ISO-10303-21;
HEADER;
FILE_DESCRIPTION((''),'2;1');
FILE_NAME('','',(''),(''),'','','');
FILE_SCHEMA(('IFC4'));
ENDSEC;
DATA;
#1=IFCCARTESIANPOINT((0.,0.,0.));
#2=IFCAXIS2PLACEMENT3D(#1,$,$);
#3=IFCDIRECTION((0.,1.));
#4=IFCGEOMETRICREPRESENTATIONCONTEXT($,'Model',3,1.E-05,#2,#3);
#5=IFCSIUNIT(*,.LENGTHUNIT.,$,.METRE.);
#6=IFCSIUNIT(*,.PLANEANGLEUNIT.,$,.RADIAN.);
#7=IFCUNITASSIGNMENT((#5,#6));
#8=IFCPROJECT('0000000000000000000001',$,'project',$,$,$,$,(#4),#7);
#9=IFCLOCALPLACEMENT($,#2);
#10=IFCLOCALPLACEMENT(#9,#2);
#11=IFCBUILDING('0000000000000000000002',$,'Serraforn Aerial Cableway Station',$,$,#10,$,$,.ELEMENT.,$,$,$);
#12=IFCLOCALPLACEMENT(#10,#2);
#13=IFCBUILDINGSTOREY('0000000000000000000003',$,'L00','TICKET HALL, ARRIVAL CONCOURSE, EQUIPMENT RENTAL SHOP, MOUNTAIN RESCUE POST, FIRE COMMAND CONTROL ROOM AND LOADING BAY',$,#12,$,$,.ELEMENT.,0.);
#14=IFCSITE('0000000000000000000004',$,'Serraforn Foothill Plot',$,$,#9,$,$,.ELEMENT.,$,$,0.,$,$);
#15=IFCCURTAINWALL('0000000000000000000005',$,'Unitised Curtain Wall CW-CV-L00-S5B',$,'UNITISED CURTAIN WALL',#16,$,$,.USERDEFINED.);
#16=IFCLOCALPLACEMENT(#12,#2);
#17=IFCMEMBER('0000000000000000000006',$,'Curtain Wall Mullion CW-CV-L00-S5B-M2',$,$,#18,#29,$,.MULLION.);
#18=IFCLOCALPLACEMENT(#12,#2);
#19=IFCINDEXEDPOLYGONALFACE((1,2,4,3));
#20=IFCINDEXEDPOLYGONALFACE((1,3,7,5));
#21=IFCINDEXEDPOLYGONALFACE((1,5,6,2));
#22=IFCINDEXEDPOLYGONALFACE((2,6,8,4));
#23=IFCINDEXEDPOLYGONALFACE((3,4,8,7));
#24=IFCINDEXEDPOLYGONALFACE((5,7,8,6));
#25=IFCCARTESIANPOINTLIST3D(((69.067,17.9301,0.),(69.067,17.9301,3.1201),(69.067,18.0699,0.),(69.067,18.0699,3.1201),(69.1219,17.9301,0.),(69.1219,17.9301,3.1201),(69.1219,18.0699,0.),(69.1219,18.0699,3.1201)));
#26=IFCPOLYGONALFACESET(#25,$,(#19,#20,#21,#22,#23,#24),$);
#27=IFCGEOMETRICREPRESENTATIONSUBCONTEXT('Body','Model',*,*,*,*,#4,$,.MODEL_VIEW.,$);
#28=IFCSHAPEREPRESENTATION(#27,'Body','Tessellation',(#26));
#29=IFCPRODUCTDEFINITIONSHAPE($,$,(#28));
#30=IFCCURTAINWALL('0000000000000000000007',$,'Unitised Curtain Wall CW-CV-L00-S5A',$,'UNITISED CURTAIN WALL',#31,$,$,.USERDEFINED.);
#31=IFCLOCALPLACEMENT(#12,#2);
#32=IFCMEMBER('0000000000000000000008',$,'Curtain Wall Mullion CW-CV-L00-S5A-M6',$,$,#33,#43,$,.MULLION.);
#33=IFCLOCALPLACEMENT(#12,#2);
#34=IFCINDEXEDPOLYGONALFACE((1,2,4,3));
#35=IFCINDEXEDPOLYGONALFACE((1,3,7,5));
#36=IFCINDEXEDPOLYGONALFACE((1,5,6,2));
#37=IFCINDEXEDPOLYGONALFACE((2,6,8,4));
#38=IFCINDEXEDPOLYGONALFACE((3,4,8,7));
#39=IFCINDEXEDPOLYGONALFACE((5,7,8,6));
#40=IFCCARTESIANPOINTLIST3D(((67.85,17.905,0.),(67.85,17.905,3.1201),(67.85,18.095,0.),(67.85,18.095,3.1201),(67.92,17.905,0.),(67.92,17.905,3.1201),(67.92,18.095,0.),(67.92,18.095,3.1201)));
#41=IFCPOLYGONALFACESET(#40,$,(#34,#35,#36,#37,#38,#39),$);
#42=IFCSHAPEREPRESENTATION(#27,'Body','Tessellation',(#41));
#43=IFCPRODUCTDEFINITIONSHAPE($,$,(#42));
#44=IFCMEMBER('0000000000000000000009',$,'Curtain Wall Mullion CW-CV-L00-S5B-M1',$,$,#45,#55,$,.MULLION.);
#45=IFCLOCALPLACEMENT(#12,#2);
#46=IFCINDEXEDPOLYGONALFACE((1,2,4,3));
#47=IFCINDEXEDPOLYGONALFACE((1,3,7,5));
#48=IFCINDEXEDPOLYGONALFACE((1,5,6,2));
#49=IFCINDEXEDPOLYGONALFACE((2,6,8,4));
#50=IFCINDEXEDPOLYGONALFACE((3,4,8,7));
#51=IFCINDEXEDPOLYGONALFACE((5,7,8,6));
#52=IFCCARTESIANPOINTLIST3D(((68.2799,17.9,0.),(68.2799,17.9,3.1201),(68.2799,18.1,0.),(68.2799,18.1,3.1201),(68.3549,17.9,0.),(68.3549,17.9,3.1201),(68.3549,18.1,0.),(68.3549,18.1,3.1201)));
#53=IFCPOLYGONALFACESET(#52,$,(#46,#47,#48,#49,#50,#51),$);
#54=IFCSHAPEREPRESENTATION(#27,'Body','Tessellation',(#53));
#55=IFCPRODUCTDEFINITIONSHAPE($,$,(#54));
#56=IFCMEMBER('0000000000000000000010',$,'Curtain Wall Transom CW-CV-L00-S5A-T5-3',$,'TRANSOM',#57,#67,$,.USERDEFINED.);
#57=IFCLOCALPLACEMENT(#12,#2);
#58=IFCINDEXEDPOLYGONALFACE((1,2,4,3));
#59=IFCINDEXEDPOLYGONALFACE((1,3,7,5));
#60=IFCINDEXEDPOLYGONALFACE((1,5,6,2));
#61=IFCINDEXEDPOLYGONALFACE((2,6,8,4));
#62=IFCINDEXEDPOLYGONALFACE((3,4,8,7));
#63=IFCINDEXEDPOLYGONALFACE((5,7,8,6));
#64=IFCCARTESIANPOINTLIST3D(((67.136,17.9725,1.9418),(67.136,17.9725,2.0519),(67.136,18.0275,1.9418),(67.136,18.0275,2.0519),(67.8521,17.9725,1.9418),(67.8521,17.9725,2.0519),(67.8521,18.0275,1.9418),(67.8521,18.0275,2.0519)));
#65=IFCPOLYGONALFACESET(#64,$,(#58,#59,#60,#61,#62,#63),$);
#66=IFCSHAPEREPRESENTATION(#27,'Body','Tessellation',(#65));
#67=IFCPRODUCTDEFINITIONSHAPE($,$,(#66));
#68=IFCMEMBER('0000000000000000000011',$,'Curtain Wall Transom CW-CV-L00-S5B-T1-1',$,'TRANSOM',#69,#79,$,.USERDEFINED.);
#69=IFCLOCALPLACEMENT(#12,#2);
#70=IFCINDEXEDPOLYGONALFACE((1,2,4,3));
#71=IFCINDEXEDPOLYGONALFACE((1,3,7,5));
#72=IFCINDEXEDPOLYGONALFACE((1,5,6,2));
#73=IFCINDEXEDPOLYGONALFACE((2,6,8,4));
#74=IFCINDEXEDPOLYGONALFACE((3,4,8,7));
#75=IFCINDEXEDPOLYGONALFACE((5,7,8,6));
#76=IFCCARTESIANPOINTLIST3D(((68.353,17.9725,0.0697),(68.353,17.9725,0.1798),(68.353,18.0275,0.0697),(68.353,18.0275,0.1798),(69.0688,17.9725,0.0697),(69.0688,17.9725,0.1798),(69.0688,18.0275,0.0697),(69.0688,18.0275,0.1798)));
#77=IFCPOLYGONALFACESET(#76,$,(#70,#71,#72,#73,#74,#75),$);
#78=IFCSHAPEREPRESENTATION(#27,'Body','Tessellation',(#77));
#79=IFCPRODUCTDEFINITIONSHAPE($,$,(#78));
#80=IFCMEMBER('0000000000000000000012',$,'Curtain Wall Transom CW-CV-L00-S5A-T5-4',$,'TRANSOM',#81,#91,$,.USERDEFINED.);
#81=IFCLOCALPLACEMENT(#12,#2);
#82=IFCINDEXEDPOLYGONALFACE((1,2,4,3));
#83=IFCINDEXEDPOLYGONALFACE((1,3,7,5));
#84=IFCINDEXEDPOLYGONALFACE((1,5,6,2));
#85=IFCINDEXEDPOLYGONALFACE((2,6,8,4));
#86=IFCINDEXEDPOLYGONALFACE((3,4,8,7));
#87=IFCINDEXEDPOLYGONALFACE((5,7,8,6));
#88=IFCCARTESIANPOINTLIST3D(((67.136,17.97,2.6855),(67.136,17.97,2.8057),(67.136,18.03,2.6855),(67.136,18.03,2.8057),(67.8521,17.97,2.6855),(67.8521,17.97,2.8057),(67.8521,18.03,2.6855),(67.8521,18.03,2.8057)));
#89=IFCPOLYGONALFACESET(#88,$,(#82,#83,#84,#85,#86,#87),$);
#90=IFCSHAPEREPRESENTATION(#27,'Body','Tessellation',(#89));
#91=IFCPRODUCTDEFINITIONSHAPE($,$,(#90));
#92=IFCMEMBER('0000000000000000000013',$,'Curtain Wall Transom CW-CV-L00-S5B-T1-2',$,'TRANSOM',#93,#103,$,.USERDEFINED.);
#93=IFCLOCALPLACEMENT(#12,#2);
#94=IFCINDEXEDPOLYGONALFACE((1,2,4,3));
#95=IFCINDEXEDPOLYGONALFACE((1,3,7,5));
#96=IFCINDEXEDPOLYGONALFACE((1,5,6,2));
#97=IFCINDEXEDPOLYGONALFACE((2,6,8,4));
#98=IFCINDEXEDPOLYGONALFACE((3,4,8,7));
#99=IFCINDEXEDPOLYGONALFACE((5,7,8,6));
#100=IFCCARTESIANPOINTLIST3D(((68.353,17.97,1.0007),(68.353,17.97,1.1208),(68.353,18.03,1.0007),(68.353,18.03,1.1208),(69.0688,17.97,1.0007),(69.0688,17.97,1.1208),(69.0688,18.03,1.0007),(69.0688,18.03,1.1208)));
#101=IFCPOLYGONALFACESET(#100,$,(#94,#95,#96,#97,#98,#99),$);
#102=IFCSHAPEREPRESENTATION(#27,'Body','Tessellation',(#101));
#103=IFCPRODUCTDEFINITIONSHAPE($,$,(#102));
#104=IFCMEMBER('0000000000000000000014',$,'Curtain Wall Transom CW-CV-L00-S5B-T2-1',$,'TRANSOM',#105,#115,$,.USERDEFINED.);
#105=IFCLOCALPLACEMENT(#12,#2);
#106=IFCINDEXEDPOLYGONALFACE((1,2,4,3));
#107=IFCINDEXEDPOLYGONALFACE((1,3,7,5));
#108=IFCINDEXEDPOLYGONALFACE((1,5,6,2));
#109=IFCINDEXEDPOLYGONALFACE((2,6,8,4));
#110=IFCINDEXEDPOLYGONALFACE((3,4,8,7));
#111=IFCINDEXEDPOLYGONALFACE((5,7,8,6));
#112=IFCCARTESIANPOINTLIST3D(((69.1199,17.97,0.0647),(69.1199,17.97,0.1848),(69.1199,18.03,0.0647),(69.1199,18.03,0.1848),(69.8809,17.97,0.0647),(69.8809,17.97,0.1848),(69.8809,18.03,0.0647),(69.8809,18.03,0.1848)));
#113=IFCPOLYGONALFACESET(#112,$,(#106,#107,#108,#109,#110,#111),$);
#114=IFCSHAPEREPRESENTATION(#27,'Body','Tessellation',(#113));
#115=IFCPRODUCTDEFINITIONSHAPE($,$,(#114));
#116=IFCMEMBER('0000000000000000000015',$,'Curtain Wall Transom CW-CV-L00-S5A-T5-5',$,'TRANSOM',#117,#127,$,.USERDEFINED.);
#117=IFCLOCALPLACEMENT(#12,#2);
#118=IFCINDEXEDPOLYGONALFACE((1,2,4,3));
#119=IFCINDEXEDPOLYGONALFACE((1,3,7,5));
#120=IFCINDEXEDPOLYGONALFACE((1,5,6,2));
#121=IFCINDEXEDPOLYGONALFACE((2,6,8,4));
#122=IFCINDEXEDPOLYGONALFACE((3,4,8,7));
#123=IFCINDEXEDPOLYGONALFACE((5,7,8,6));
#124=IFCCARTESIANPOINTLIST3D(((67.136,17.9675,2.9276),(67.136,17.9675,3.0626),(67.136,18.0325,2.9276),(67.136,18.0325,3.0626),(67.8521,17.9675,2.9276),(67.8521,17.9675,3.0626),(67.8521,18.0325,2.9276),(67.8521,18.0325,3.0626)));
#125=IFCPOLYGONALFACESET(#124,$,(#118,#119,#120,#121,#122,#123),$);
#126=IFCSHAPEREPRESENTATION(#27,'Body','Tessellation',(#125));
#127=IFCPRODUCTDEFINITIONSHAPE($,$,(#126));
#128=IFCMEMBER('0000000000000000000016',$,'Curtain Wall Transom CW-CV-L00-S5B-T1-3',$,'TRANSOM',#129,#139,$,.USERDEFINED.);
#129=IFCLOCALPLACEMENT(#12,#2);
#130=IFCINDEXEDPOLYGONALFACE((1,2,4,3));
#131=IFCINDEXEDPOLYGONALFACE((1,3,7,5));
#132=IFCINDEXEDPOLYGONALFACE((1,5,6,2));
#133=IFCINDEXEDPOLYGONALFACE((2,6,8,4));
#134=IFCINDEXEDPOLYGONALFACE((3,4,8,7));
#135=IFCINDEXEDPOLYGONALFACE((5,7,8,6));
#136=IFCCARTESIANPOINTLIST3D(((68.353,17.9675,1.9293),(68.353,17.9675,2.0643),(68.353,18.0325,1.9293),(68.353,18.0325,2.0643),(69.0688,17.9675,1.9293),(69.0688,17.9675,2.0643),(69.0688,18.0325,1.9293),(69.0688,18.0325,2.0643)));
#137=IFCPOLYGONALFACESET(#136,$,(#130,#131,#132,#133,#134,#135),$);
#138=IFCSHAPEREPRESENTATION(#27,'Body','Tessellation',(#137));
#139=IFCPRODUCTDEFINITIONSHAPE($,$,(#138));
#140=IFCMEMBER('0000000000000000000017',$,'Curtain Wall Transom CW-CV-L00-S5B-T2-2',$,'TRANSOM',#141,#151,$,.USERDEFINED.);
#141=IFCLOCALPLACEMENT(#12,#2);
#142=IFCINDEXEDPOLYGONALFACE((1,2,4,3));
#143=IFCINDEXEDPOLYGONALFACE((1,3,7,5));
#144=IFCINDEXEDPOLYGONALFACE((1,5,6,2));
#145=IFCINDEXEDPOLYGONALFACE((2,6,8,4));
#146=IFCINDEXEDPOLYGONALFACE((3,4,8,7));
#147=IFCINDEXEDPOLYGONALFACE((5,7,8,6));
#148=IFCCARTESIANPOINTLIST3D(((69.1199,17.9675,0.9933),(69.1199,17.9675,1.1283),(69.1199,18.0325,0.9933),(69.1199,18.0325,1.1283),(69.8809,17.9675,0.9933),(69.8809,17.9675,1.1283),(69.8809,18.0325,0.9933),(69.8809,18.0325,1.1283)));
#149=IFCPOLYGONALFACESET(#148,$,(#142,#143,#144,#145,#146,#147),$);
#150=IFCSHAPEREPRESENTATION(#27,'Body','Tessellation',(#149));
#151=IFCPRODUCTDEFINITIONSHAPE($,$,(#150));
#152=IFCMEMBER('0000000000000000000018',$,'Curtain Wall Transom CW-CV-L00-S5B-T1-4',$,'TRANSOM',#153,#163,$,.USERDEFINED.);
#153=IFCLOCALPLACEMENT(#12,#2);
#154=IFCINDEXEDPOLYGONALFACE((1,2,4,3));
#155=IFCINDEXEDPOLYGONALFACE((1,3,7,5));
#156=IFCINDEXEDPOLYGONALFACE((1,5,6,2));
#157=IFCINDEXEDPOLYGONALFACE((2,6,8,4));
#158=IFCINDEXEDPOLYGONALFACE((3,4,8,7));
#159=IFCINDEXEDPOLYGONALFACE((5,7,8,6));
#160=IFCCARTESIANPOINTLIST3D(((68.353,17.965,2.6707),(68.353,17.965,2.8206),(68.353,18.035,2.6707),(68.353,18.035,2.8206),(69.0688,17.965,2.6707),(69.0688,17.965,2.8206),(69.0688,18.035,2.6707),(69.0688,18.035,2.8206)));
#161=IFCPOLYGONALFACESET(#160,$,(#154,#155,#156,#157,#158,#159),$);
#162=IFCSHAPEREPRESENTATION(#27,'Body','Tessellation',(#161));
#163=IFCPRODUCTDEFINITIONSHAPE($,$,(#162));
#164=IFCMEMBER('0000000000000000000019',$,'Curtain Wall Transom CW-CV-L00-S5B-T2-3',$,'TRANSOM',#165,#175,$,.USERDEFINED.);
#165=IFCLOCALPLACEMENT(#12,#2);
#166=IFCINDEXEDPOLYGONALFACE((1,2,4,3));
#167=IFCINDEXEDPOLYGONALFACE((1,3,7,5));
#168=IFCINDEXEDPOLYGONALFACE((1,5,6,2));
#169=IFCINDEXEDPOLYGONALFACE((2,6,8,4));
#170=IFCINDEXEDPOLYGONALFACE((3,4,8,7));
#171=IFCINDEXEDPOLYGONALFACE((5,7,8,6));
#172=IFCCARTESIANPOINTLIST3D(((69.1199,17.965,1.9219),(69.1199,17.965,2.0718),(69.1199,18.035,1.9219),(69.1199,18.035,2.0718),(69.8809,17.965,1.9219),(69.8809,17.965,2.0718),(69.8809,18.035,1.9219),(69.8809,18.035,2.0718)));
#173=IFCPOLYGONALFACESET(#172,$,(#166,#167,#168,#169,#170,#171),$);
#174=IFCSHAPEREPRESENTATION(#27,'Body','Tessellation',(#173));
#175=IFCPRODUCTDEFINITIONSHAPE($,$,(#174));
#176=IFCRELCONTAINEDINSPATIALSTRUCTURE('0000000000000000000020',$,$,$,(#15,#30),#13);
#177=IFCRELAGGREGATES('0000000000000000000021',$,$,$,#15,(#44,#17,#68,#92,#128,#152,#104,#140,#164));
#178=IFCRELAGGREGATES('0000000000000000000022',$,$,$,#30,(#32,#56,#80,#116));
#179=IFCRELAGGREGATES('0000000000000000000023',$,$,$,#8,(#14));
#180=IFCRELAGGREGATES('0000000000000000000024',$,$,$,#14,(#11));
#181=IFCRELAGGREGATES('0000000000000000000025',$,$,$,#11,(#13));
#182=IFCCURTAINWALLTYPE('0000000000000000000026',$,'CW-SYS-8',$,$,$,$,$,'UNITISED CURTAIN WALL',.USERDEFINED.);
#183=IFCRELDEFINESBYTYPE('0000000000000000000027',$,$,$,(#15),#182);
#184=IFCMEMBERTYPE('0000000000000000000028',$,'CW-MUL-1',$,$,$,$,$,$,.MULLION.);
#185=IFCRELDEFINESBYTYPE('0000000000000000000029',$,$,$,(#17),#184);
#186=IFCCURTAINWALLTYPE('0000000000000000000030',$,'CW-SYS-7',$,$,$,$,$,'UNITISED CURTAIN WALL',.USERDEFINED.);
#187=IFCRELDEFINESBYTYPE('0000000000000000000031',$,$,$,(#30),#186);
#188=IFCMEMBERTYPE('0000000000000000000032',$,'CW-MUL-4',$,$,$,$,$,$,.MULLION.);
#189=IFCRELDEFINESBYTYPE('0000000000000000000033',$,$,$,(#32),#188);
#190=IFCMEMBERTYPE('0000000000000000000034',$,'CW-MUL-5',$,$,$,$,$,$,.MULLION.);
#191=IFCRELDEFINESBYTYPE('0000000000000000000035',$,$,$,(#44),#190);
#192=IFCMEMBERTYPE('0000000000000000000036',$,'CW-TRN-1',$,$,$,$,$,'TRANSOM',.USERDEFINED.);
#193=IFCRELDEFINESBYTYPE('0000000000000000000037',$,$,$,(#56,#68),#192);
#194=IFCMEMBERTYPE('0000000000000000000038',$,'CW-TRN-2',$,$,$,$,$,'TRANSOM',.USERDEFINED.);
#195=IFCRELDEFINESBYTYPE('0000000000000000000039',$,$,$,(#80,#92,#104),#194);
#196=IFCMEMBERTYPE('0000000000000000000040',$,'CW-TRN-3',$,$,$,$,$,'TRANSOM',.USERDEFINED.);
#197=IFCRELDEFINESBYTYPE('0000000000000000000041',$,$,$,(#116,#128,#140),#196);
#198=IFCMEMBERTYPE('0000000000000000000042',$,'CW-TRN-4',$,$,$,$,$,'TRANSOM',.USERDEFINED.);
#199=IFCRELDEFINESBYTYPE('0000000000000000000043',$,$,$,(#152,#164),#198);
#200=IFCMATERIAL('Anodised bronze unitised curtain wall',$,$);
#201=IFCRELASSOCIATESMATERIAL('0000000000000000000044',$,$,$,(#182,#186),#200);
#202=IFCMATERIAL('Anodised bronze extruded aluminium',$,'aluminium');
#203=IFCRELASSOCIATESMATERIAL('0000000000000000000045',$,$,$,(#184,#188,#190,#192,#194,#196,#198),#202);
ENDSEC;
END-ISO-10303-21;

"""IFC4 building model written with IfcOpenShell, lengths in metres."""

from ifc_helpers import new_model, si_unit, direction, frame, origin, origin_2d, place, context, subcontext, project, spatial, rectangle, extrude, material, material_profile, profile_set, type_object, element, aggregate, save


model = new_model("IFC4")

# Units and contexts
model_context = context("Model", 3, precision=1e-05, world=origin(), true_north=direction((0.0, 1.0)))
body_context = subcontext(model_context, "Body", "Model", "MODEL_VIEW")
ifc_project = project(units=[si_unit("LENGTHUNIT", "METRE"), si_unit("PLANEANGLEUNIT", "RADIAN")], contexts=[model_context])

# Site, building, storey
site_placement = place(None, origin())
site = spatial("IfcSite", under=ifc_project, at=site_placement, Name="Serraforn Foothill Plot", CompositionType="ELEMENT", RefElevation=0.0)
building_placement = place(site_placement, origin())
building = spatial("IfcBuilding", under=site, at=building_placement, Name="Serraforn Aerial Cableway Station", CompositionType="ELEMENT")
storey_placement = place(building_placement, origin())
storey = spatial("IfcBuildingStorey", under=building, at=storey_placement, Name="L00", Description="TICKET HALL, ARRIVAL CONCOURSE, EQUIPMENT RENTAL SHOP, MOUNTAIN RESCUE POST, FIRE COMMAND CONTROL ROOM AND LOADING BAY", CompositionType="ELEMENT", Elevation=0.0)

# Curtain walls, members
ifc_material_1 = material(Name="Anodised bronze unitised curtain wall")
curtain_wall_type_1 = type_object("IfcCurtainWallType", Name="CW-SYS-8", ElementType="UNITISED CURTAIN WALL", PredefinedType="USERDEFINED", material=ifc_material_1)
curtain_wall_1_placement = place(storey_placement, origin())
curtain_wall_1 = element("IfcCurtainWall", 1, at=curtain_wall_1_placement, inside=storey, type_object=curtain_wall_type_1, Name="Unitised Curtain Wall CW-CV-L00-S5B", ObjectType="UNITISED CURTAIN WALL", PredefinedType="USERDEFINED")
ifc_material_2 = material(Name="Anodised bronze extruded aluminium", Category="aluminium")
ifc_material_profile_1 = material_profile(ifc_material_2, rectangle(XDim=0.0549, YDim=0.1399, at=origin_2d()), Name="CW MULLION 55x140")
ifc_profile_set_1 = profile_set([ifc_material_profile_1], Name="Anodised bronze extruded aluminium")
member_type_1 = type_object("IfcMemberType", Name="CW-MUL-1", PredefinedType="MULLION", material=ifc_profile_set_1)
member_1_placement = place(storey_placement, frame((69.0945, 18.0, 0.0), z_axis=(0.0, 0.0, 1.0), x_axis=(1.0, 0.0, 0.0)))
member_1 = element("IfcMember", 2, at=member_1_placement, type_object=member_type_1, Name="Curtain Wall Mullion CW-CV-L00-S5B-M2", PredefinedType="MULLION", context=body_context, shape_type="SweptSolid", body=[
    extrude(rectangle(XDim=0.0549, YDim=0.1399, at=origin_2d()), origin(), (0.0, 0.0, 1.0), 3.1201),
])
curtain_wall_type_2 = type_object("IfcCurtainWallType", Name="CW-SYS-7", ElementType="UNITISED CURTAIN WALL", PredefinedType="USERDEFINED", material=ifc_material_1)
curtain_wall_2_placement = place(storey_placement, origin())
curtain_wall_2 = element("IfcCurtainWall", 3, at=curtain_wall_2_placement, inside=storey, type_object=curtain_wall_type_2, Name="Unitised Curtain Wall CW-CV-L00-S5A", ObjectType="UNITISED CURTAIN WALL", PredefinedType="USERDEFINED")
ifc_material_profile_2 = material_profile(ifc_material_2, rectangle(XDim=0.0701, YDim=0.1899, at=origin_2d()), Name="CW MULLION 70x190")
ifc_profile_set_2 = profile_set([ifc_material_profile_2], Name="Anodised bronze extruded aluminium")
member_type_2 = type_object("IfcMemberType", Name="CW-MUL-4", PredefinedType="MULLION", material=ifc_profile_set_2)
member_2_placement = place(storey_placement, frame((67.885, 18.0, 0.0), z_axis=(0.0, 0.0, 1.0), x_axis=(1.0, 0.0, 0.0)))
member_2 = element("IfcMember", 4, at=member_2_placement, type_object=member_type_2, Name="Curtain Wall Mullion CW-CV-L00-S5A-M6", PredefinedType="MULLION", context=body_context, shape_type="SweptSolid", body=[
    extrude(rectangle(XDim=0.0701, YDim=0.1899, at=origin_2d()), origin(), (0.0, 0.0, 1.0), 3.1201),
])

# Members
ifc_material_profile_3 = material_profile(ifc_material_2, rectangle(XDim=0.075, YDim=0.2, at=origin_2d()), Name="CW MULLION 75x200")
ifc_profile_set_3 = profile_set([ifc_material_profile_3], Name="Anodised bronze extruded aluminium")
member_type_3 = type_object("IfcMemberType", Name="CW-MUL-5", PredefinedType="MULLION", material=ifc_profile_set_3)
member_3_placement = place(storey_placement, frame((68.3174, 18.0, 0.0), z_axis=(0.0, 0.0, 1.0), x_axis=(1.0, 0.0, 0.0)))
member_3 = element("IfcMember", 5, at=member_3_placement, type_object=member_type_3, Name="Curtain Wall Mullion CW-CV-L00-S5B-M1", PredefinedType="MULLION", context=body_context, shape_type="SweptSolid", body=[
    extrude(rectangle(XDim=0.075, YDim=0.2, at=origin_2d()), origin(), (0.0, 0.0, 1.0), 3.1201),
])
ifc_material_profile_4 = material_profile(ifc_material_2, rectangle(XDim=0.0549, YDim=0.1101, at=origin_2d()), Name="CW TRANSOM 55x110")
ifc_profile_set_4 = profile_set([ifc_material_profile_4], Name="Anodised bronze extruded aluminium")
member_type_4 = type_object("IfcMemberType", Name="CW-TRN-1", ElementType="TRANSOM", PredefinedType="USERDEFINED", material=ifc_profile_set_4)
member_4_placement = place(storey_placement, frame((67.136, 18.0, 1.9968), z_axis=(1.0, 0.0, 0.0), x_axis=(0.0, 1.0, 0.0)))
member_4 = element("IfcMember", 6, at=member_4_placement, type_object=member_type_4, Name="Curtain Wall Transom CW-CV-L00-S5A-T5-3", ObjectType="TRANSOM", PredefinedType="USERDEFINED", context=body_context, shape_type="SweptSolid", body=[
    extrude(rectangle(XDim=0.0549, YDim=0.1101, at=origin_2d()), origin(), (0.0, 0.0, 1.0), 0.7161),
])
member_5_placement = place(storey_placement, frame((68.353, 18.0, 0.1248), z_axis=(1.0, 0.0, 0.0), x_axis=(0.0, 1.0, 0.0)))
member_5 = element("IfcMember", 7, at=member_5_placement, type_object=member_type_4, Name="Curtain Wall Transom CW-CV-L00-S5B-T1-1", ObjectType="TRANSOM", PredefinedType="USERDEFINED", context=body_context, shape_type="SweptSolid", body=[
    extrude(rectangle(XDim=0.0549, YDim=0.1101, at=origin_2d()), origin(), (0.0, 0.0, 1.0), 0.7158),
])
ifc_material_profile_5 = material_profile(ifc_material_2, rectangle(XDim=0.0601, YDim=0.1201, at=origin_2d()), Name="CW TRANSOM 60x120")
ifc_profile_set_5 = profile_set([ifc_material_profile_5], Name="Anodised bronze extruded aluminium")
member_type_5 = type_object("IfcMemberType", Name="CW-TRN-2", ElementType="TRANSOM", PredefinedType="USERDEFINED", material=ifc_profile_set_5)
member_6_placement = place(storey_placement, frame((67.136, 18.0, 2.7456), z_axis=(1.0, 0.0, 0.0), x_axis=(0.0, 1.0, 0.0)))
member_6 = element("IfcMember", 8, at=member_6_placement, type_object=member_type_5, Name="Curtain Wall Transom CW-CV-L00-S5A-T5-4", ObjectType="TRANSOM", PredefinedType="USERDEFINED", context=body_context, shape_type="SweptSolid", body=[
    extrude(rectangle(XDim=0.0601, YDim=0.1201, at=origin_2d()), origin(), (0.0, 0.0, 1.0), 0.7161),
])
member_7_placement = place(storey_placement, frame((68.353, 18.0, 1.0608), z_axis=(1.0, 0.0, 0.0), x_axis=(0.0, 1.0, 0.0)))
member_7 = element("IfcMember", 9, at=member_7_placement, type_object=member_type_5, Name="Curtain Wall Transom CW-CV-L00-S5B-T1-2", ObjectType="TRANSOM", PredefinedType="USERDEFINED", context=body_context, shape_type="SweptSolid", body=[
    extrude(rectangle(XDim=0.0601, YDim=0.1201, at=origin_2d()), origin(), (0.0, 0.0, 1.0), 0.7158),
])
member_8_placement = place(storey_placement, frame((69.1199, 18.0, 0.1248), z_axis=(1.0, 0.0, 0.0), x_axis=(0.0, 1.0, 0.0)))
member_8 = element("IfcMember", 10, at=member_8_placement, type_object=member_type_5, Name="Curtain Wall Transom CW-CV-L00-S5B-T2-1", ObjectType="TRANSOM", PredefinedType="USERDEFINED", context=body_context, shape_type="SweptSolid", body=[
    extrude(rectangle(XDim=0.0601, YDim=0.1201, at=origin_2d()), origin(), (0.0, 0.0, 1.0), 0.761),
])
ifc_material_profile_6 = material_profile(ifc_material_2, rectangle(XDim=0.0649, YDim=0.135, at=origin_2d()), Name="CW TRANSOM 65x135")
ifc_profile_set_6 = profile_set([ifc_material_profile_6], Name="Anodised bronze extruded aluminium")
member_type_6 = type_object("IfcMemberType", Name="CW-TRN-3", ElementType="TRANSOM", PredefinedType="USERDEFINED", material=ifc_profile_set_6)
member_9_placement = place(storey_placement, frame((67.136, 18.0, 2.9951), z_axis=(1.0, 0.0, 0.0), x_axis=(0.0, 1.0, 0.0)))
member_9 = element("IfcMember", 11, at=member_9_placement, type_object=member_type_6, Name="Curtain Wall Transom CW-CV-L00-S5A-T5-5", ObjectType="TRANSOM", PredefinedType="USERDEFINED", context=body_context, shape_type="SweptSolid", body=[
    extrude(rectangle(XDim=0.0649, YDim=0.135, at=origin_2d()), origin(), (0.0, 0.0, 1.0), 0.7161),
])
member_10_placement = place(storey_placement, frame((68.353, 18.0, 1.9968), z_axis=(1.0, 0.0, 0.0), x_axis=(0.0, 1.0, 0.0)))
member_10 = element("IfcMember", 12, at=member_10_placement, type_object=member_type_6, Name="Curtain Wall Transom CW-CV-L00-S5B-T1-3", ObjectType="TRANSOM", PredefinedType="USERDEFINED", context=body_context, shape_type="SweptSolid", body=[
    extrude(rectangle(XDim=0.0649, YDim=0.135, at=origin_2d()), origin(), (0.0, 0.0, 1.0), 0.7158),
])
member_11_placement = place(storey_placement, frame((69.1199, 18.0, 1.0608), z_axis=(1.0, 0.0, 0.0), x_axis=(0.0, 1.0, 0.0)))
member_11 = element("IfcMember", 13, at=member_11_placement, type_object=member_type_6, Name="Curtain Wall Transom CW-CV-L00-S5B-T2-2", ObjectType="TRANSOM", PredefinedType="USERDEFINED", context=body_context, shape_type="SweptSolid", body=[
    extrude(rectangle(XDim=0.0649, YDim=0.135, at=origin_2d()), origin(), (0.0, 0.0, 1.0), 0.761),
])
ifc_material_profile_7 = material_profile(ifc_material_2, rectangle(XDim=0.0701, YDim=0.1499, at=origin_2d()), Name="CW TRANSOM 70x150")
ifc_profile_set_7 = profile_set([ifc_material_profile_7], Name="Anodised bronze extruded aluminium")
member_type_7 = type_object("IfcMemberType", Name="CW-TRN-4", ElementType="TRANSOM", PredefinedType="USERDEFINED", material=ifc_profile_set_7)
member_12_placement = place(storey_placement, frame((68.353, 18.0, 2.7456), z_axis=(1.0, 0.0, 0.0), x_axis=(0.0, 1.0, 0.0)))
member_12 = element("IfcMember", 14, at=member_12_placement, type_object=member_type_7, Name="Curtain Wall Transom CW-CV-L00-S5B-T1-4", ObjectType="TRANSOM", PredefinedType="USERDEFINED", context=body_context, shape_type="SweptSolid", body=[
    extrude(rectangle(XDim=0.0701, YDim=0.1499, at=origin_2d()), origin(), (0.0, 0.0, 1.0), 0.7158),
])
member_13_placement = place(storey_placement, frame((69.1199, 18.0, 1.9968), z_axis=(1.0, 0.0, 0.0), x_axis=(0.0, 1.0, 0.0)))
member_13 = element("IfcMember", 15, at=member_13_placement, type_object=member_type_7, Name="Curtain Wall Transom CW-CV-L00-S5B-T2-3", ObjectType="TRANSOM", PredefinedType="USERDEFINED", context=body_context, shape_type="SweptSolid", body=[
    extrude(rectangle(XDim=0.0701, YDim=0.1499, at=origin_2d()), origin(), (0.0, 0.0, 1.0), 0.761),
])

aggregate(curtain_wall_1, [member_3, member_1, member_5, member_7, member_10, member_12, member_8, member_11, member_13])
aggregate(curtain_wall_2, [member_2, member_4, member_6, member_9])

save(model, "model.ifc")
